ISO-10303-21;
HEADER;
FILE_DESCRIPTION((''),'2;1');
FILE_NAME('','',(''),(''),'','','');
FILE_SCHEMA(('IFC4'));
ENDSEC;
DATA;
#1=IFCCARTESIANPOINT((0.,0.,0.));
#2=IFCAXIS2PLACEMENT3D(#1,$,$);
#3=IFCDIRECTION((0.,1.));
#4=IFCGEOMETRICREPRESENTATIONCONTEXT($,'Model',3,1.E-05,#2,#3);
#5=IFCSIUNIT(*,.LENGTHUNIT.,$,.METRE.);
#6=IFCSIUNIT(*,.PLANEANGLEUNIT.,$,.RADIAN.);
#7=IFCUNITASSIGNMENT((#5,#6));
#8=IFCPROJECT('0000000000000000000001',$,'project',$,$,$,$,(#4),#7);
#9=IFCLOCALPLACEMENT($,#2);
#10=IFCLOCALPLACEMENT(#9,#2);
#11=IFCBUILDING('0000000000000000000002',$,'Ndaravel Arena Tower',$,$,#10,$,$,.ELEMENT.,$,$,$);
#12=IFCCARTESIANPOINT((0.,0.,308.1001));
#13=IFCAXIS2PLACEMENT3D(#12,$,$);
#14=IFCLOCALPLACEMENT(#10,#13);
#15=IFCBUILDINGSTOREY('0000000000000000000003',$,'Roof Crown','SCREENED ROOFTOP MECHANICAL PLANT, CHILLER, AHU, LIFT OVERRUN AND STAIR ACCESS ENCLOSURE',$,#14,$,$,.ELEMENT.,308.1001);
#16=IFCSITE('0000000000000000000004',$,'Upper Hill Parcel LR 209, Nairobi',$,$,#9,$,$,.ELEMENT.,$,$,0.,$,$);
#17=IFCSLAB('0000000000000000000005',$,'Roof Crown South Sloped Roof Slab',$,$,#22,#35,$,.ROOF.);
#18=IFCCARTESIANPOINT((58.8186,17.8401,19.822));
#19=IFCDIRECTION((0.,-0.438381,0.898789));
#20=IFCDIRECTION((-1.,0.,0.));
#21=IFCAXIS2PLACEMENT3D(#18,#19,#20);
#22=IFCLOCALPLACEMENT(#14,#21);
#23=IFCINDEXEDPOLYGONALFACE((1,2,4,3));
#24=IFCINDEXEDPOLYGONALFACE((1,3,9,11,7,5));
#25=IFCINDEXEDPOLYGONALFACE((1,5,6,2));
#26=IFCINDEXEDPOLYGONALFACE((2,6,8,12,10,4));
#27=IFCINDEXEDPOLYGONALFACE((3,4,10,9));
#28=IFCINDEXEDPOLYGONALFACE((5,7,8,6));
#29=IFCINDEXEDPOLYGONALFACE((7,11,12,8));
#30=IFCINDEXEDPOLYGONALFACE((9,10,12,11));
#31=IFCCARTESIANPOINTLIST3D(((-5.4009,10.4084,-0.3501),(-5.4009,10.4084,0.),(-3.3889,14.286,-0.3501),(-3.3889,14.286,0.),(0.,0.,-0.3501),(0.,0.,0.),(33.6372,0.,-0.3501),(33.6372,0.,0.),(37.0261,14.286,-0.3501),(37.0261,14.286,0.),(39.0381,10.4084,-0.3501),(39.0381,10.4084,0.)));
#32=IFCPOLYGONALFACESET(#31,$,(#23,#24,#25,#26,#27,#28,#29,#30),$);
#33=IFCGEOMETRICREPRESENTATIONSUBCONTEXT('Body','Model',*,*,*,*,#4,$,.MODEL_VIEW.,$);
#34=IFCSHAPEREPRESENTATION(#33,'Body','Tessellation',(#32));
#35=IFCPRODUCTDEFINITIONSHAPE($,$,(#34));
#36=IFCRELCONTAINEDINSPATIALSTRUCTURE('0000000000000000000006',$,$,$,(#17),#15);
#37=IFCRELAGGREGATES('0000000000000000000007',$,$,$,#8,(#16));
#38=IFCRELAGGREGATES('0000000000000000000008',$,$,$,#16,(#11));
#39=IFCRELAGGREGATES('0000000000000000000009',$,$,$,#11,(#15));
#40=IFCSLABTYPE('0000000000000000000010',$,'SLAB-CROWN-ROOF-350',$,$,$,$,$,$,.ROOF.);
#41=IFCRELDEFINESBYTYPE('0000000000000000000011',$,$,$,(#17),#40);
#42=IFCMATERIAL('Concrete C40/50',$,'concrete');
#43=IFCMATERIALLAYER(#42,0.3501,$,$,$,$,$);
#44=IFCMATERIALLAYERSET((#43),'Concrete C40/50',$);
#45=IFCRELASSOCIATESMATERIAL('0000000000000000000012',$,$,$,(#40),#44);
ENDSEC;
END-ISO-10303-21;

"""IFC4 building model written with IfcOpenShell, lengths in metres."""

from ifc_helpers import new_model, si_unit, direction, frame, origin, place, context, subcontext, project, spatial, polyline, outline, extrude, material, layer, layer_set, type_object, element, save


model = new_model("IFC4")

# Units and contexts
model_context = context("Model", 3, precision=1e-05, world=origin(), true_north=direction((0.0, 1.0)))
body_context = subcontext(model_context, "Body", "Model", "MODEL_VIEW")
ifc_project = project(units=[si_unit("LENGTHUNIT", "METRE"), si_unit("PLANEANGLEUNIT", "RADIAN")], contexts=[model_context])

# Site, building, storey
site_placement = place(None, origin())
site = spatial("IfcSite", under=ifc_project, at=site_placement, Name="Upper Hill Parcel LR 209, Nairobi", CompositionType="ELEMENT", RefElevation=0.0)
building_placement = place(site_placement, origin())
building = spatial("IfcBuilding", under=site, at=building_placement, Name="Ndaravel Arena Tower", CompositionType="ELEMENT")
storey_placement = place(building_placement, frame((0.0, 0.0, 308.1001)))
storey = spatial("IfcBuildingStorey", under=building, at=storey_placement, Name="Roof Crown", Description="SCREENED ROOFTOP MECHANICAL PLANT, CHILLER, AHU, LIFT OVERRUN AND STAIR ACCESS ENCLOSURE", CompositionType="ELEMENT", Elevation=308.1001)

# Slab
ifc_material_1 = material(Name="Concrete C40/50", Category="concrete")
ifc_layer_1 = layer(ifc_material_1, 0.3501)
ifc_layer_set_1 = layer_set([ifc_layer_1], Name="Concrete C40/50")
slab_type = type_object("IfcSlabType", Name="SLAB-CROWN-ROOF-350", PredefinedType="ROOF", material=ifc_layer_set_1)
slab_placement = place(storey_placement, frame((58.8186, 17.8401, 19.822), z_axis=(0.0, -0.438381, 0.898789), x_axis=(-1.0, 0.0, 0.0)))
element("IfcSlab", 1, at=slab_placement, inside=storey, type_object=slab_type, Name="Roof Crown South Sloped Roof Slab", PredefinedType="ROOF", context=body_context, shape_type="SweptSolid", body=[
    extrude(outline(polyline([(0.0, 0.0), (33.6372, 0.0), (39.0381, 10.4084), (37.0261, 14.286), (-3.3889, 14.286), (-5.4009, 10.4084), (0.0, 0.0)])), origin(), (0.0, 0.0, -1.0), 0.3501),
])

save(model, "model.ifc")
